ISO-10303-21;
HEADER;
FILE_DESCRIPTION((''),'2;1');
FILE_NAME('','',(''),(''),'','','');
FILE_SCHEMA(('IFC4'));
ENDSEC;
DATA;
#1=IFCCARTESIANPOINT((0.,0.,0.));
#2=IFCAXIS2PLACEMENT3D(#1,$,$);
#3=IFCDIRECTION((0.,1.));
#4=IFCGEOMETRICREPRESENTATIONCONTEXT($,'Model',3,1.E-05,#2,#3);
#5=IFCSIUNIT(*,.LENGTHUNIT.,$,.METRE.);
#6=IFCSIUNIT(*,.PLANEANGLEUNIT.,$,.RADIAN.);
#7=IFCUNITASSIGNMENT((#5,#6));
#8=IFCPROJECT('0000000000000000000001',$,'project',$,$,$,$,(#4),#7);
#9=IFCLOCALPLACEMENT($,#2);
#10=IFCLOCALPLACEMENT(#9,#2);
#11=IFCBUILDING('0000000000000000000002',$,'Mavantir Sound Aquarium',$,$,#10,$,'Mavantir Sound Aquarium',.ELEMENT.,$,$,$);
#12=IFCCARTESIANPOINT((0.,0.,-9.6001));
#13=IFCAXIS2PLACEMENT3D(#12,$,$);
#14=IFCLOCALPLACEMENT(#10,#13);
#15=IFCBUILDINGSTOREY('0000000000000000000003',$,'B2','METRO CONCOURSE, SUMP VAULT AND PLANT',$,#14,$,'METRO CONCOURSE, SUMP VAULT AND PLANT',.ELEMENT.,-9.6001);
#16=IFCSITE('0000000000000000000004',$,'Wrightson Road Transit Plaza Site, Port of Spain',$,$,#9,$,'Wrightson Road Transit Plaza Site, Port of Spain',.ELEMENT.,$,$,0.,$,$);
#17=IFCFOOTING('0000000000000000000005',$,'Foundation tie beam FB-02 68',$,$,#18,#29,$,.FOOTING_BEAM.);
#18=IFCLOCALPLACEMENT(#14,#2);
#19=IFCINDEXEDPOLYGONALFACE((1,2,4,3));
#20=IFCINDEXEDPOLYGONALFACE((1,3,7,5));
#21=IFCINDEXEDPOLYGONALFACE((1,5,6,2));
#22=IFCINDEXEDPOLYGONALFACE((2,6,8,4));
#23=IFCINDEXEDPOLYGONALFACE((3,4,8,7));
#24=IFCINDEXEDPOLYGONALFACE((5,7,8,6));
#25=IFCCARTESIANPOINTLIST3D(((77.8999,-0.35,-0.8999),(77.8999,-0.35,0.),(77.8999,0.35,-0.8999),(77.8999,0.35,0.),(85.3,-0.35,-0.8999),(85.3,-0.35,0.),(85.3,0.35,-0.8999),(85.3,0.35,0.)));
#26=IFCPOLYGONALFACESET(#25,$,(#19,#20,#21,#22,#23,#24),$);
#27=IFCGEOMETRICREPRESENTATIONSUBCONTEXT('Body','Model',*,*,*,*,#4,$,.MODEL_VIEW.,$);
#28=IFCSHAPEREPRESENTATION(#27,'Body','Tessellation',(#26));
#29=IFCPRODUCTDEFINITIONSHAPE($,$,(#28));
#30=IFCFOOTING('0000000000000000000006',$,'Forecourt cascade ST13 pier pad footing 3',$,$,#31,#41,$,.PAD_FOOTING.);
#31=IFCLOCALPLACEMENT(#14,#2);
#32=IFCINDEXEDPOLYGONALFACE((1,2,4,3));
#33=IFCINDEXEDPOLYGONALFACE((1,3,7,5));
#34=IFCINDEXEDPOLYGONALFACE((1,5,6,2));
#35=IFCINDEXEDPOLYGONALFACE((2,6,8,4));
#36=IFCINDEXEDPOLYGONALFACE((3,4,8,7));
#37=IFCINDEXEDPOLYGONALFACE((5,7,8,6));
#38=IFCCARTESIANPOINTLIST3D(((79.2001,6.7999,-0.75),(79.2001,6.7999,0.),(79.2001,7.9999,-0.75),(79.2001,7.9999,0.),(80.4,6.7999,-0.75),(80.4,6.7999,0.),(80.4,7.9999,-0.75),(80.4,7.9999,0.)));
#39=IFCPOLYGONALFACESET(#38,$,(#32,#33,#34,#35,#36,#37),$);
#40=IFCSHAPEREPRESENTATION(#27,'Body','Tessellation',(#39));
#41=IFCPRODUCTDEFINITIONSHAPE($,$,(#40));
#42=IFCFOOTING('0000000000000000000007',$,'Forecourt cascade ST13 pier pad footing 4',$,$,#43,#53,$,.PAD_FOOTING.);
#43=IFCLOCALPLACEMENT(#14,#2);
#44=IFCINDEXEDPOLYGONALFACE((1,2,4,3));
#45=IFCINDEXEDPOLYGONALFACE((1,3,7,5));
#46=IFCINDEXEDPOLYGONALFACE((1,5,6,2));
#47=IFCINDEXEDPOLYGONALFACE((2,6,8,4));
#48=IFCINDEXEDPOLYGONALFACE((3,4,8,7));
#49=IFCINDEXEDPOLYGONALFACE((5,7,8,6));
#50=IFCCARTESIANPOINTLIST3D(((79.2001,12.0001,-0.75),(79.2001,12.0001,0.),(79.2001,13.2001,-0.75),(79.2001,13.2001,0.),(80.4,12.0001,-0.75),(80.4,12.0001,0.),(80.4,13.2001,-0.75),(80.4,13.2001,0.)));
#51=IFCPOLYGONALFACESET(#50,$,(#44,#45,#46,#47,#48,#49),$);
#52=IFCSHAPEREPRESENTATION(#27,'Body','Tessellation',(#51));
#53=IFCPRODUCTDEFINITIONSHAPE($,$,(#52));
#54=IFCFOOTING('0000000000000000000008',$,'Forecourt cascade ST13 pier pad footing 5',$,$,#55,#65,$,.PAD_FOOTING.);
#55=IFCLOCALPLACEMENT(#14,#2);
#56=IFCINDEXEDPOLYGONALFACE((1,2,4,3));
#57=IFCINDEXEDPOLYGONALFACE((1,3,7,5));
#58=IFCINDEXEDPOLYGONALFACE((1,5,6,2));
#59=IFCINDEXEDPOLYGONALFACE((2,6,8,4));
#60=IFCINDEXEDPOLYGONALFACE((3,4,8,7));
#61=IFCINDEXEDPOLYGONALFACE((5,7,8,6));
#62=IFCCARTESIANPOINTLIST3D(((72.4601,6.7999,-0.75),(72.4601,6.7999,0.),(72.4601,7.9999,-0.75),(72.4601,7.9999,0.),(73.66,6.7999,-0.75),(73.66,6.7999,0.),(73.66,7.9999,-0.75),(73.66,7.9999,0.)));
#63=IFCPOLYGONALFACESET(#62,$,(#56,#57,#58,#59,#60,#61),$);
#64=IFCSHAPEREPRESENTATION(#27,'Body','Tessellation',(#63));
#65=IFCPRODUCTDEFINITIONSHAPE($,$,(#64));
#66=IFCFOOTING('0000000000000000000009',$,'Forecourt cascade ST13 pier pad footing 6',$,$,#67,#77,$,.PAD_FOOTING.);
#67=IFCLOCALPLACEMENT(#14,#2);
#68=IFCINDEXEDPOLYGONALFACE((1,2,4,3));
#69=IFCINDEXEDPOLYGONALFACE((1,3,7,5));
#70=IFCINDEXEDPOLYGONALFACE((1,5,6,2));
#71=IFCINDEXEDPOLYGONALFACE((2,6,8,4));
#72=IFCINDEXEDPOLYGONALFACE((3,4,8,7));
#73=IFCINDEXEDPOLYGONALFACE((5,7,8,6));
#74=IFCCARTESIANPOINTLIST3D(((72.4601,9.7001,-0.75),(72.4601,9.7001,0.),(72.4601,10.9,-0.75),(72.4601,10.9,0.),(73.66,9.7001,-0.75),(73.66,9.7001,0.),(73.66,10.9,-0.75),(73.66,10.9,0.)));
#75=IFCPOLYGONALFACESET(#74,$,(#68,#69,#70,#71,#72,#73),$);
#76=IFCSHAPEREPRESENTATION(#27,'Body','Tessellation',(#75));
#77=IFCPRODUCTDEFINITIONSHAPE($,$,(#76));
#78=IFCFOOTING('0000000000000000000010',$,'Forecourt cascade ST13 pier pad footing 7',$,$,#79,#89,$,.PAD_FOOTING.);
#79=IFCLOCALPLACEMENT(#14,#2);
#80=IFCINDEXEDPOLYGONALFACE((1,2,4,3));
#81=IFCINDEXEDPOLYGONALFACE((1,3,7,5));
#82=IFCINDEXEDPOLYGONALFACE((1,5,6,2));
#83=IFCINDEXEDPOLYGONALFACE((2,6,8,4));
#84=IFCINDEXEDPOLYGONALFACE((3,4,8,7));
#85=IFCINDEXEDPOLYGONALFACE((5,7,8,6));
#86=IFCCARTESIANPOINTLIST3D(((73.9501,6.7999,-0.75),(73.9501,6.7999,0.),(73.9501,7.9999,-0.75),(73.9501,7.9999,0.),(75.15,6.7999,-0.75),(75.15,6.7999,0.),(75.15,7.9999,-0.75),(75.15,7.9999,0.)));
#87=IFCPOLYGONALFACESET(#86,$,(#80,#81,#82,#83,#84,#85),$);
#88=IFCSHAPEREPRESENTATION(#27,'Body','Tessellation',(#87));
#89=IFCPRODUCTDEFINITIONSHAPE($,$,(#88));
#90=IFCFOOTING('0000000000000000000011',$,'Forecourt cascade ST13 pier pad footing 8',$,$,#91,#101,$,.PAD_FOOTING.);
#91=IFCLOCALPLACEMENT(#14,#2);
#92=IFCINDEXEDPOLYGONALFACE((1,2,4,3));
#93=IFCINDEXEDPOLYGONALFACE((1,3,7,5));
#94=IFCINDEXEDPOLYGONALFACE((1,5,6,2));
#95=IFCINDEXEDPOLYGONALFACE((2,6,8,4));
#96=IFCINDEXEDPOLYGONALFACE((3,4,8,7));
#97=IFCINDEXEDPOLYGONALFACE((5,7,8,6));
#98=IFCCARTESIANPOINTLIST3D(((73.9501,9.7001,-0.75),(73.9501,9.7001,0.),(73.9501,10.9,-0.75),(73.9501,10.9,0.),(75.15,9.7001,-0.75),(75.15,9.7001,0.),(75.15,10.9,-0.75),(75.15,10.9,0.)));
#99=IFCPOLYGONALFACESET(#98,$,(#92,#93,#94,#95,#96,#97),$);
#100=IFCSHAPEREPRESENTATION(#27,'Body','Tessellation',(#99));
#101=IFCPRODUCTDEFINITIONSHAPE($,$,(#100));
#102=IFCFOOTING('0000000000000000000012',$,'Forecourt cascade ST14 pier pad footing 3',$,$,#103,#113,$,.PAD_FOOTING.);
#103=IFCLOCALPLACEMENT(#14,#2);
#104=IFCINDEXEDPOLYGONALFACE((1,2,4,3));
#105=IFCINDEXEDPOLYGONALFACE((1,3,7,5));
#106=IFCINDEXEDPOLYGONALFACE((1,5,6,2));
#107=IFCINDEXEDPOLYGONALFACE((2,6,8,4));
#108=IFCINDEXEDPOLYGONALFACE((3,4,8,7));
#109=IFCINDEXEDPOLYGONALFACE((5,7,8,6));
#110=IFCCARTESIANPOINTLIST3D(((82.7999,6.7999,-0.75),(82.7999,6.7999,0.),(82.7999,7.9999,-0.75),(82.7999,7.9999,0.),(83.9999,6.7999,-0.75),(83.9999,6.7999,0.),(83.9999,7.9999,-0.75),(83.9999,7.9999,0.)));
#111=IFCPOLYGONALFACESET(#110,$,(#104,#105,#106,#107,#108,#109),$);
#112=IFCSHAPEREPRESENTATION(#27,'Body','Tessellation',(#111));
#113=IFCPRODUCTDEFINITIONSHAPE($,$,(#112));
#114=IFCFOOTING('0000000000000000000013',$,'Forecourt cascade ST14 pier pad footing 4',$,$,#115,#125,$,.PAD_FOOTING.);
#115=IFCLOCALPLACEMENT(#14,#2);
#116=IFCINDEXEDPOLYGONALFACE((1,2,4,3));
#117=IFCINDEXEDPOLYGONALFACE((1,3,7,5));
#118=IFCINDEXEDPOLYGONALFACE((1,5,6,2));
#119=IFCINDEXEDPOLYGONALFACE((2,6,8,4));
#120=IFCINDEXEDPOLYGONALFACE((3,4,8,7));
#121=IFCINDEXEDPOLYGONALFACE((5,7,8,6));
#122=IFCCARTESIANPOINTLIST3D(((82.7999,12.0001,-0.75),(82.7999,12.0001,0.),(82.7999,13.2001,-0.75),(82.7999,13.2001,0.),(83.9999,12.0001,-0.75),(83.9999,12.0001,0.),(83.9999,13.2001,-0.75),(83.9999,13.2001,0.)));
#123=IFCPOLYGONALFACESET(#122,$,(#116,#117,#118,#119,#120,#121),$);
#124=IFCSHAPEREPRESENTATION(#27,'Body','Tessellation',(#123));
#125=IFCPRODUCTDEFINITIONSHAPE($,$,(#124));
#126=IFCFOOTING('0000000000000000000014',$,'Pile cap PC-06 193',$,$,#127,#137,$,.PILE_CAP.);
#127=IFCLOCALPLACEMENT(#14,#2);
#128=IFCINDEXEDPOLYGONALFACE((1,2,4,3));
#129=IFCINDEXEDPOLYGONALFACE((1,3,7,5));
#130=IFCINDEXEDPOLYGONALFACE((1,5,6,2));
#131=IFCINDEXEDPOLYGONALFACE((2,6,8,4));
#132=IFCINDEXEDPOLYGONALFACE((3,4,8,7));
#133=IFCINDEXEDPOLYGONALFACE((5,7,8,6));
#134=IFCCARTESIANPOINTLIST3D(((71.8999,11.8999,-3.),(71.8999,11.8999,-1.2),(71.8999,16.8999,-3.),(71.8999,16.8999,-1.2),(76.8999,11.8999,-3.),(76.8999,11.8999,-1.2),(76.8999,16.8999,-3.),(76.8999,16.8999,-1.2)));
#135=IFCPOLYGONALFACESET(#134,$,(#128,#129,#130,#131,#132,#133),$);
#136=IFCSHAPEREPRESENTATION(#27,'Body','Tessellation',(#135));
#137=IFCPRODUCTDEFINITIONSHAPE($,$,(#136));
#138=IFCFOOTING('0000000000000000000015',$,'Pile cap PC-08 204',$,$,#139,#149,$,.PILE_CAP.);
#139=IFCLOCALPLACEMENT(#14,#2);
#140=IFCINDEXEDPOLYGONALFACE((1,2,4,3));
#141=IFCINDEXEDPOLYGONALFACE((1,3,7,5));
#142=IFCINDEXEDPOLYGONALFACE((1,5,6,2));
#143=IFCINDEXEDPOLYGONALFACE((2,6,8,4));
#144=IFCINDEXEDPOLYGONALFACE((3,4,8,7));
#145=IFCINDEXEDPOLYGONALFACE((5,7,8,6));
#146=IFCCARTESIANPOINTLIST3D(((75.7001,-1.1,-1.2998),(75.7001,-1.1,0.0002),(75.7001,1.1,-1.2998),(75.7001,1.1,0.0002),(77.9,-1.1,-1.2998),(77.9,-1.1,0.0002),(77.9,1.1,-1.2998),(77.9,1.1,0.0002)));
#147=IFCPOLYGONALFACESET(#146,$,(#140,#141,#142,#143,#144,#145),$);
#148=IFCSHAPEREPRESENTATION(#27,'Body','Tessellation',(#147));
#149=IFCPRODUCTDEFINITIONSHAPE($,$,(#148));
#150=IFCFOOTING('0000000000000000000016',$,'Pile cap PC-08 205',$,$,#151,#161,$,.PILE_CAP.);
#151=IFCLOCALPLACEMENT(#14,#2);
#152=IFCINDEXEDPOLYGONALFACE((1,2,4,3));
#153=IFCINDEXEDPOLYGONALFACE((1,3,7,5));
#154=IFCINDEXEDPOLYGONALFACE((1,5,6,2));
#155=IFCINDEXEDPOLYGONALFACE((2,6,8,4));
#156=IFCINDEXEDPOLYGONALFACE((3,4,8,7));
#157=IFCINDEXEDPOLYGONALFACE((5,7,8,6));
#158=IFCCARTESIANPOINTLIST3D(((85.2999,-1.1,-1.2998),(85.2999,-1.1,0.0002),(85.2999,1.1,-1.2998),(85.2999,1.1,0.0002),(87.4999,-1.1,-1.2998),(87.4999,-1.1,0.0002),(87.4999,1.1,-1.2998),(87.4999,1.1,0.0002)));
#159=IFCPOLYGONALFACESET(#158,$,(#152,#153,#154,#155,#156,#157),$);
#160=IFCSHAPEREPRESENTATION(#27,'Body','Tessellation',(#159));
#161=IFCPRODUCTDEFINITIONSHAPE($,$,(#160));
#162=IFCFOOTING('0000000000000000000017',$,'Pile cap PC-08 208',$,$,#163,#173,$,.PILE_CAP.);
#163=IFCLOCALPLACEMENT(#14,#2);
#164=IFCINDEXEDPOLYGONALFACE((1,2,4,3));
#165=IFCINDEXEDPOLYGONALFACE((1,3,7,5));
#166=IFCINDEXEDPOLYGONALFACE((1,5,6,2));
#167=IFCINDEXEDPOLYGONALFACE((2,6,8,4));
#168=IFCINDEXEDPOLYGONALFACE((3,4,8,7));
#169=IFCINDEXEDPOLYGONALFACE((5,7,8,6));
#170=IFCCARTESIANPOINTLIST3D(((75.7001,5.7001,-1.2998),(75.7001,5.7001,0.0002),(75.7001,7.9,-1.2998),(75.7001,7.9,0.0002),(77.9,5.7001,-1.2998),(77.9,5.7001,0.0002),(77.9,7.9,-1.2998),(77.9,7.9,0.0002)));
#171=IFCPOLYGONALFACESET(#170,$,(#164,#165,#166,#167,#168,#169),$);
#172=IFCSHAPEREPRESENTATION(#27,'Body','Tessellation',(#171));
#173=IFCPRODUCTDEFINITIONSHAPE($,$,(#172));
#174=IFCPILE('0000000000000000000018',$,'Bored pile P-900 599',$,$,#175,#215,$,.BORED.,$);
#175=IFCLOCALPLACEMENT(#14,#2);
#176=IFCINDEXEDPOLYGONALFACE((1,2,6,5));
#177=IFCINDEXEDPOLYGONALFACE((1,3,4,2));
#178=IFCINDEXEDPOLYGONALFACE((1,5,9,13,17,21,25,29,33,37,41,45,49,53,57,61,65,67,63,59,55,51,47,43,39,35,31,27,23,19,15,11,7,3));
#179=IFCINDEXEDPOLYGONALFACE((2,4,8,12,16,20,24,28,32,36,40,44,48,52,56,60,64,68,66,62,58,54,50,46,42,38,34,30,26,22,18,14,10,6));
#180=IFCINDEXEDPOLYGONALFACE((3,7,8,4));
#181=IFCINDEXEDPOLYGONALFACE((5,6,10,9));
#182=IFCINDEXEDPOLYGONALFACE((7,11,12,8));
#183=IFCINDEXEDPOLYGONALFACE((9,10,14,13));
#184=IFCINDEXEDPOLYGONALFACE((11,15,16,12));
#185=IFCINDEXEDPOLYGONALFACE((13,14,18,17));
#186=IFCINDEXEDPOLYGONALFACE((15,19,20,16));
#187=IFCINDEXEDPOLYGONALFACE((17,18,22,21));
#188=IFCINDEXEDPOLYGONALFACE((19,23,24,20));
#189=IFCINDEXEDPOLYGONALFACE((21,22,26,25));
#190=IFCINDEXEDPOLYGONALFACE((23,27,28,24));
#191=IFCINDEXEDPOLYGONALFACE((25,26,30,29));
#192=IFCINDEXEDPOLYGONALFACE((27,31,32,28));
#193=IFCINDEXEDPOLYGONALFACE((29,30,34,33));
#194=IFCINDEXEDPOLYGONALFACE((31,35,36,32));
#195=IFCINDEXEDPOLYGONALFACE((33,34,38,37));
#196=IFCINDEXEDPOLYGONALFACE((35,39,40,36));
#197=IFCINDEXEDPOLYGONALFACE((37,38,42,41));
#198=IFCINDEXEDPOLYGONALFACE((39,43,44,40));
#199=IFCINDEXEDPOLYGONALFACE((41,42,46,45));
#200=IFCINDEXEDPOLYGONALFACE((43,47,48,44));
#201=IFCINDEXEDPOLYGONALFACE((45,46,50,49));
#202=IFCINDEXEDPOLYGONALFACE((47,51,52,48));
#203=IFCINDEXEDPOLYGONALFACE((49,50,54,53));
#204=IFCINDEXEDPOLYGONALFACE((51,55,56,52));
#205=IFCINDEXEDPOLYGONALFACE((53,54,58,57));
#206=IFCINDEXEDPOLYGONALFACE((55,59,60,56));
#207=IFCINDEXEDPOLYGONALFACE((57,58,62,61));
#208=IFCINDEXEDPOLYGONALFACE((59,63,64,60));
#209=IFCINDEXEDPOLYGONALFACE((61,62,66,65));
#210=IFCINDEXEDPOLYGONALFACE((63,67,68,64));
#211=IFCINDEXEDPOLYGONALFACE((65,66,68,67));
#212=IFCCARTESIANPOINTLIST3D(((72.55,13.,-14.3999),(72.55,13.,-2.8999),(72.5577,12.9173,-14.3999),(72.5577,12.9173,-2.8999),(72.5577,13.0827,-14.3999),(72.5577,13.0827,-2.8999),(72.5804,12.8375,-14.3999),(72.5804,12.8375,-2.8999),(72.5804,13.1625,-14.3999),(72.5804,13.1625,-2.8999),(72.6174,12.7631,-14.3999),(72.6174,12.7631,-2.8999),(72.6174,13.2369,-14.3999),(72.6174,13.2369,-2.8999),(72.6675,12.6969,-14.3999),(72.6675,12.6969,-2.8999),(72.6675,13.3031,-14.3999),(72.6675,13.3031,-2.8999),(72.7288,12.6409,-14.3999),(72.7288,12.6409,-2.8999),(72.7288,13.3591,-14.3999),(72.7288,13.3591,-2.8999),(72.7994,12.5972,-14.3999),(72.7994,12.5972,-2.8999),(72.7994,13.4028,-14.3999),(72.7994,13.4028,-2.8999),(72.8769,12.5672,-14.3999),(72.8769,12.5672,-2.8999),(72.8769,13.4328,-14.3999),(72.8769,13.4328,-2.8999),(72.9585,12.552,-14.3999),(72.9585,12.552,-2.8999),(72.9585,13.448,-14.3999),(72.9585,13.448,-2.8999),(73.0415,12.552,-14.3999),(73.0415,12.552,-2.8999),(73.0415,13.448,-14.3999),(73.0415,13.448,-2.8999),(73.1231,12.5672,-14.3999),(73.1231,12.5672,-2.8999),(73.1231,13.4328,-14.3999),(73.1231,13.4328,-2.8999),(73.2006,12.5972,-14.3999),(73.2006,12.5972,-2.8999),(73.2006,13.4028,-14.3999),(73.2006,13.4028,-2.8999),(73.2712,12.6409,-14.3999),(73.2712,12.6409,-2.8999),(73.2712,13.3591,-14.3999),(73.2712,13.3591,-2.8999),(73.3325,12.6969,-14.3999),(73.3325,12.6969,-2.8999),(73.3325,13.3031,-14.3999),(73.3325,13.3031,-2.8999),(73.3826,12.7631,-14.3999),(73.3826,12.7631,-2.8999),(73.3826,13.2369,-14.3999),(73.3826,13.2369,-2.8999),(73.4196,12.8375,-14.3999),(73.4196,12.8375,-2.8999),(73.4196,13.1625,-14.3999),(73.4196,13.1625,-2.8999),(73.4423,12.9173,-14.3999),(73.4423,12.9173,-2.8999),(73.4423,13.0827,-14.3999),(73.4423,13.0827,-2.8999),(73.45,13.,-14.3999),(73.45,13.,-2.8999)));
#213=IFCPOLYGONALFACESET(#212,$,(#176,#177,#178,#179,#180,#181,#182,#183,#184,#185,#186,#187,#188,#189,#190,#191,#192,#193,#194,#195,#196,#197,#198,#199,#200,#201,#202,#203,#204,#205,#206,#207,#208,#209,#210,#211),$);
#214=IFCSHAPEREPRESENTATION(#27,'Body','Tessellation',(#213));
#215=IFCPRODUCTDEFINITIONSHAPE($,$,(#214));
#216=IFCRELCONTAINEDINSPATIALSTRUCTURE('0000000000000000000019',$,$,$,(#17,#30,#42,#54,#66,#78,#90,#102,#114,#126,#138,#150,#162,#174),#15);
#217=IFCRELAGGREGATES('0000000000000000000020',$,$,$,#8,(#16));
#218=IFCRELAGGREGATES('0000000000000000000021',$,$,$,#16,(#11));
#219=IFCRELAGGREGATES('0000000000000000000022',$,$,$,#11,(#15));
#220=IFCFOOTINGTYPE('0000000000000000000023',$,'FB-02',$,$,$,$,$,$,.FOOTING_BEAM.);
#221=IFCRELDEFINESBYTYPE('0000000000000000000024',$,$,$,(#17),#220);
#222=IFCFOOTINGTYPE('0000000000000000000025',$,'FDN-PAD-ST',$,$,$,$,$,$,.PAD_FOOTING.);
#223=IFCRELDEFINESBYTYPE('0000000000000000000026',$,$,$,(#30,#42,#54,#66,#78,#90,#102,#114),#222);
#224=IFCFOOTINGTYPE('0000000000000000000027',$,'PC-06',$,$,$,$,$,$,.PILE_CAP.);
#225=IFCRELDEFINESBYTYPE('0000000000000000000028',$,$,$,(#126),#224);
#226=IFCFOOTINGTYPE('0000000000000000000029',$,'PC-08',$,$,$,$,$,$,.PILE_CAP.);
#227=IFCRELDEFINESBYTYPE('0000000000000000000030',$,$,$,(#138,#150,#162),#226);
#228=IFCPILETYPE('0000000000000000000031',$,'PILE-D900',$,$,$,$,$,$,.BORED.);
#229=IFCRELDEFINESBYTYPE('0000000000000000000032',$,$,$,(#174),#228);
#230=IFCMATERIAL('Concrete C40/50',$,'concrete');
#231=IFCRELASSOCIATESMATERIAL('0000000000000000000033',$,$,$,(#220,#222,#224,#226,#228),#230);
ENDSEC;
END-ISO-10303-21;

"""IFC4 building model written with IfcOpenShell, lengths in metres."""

from ifc_helpers import new_model, si_unit, direction, frame, origin, origin_2d, place, context, subcontext, project, spatial, rectangle, circle, extrude, material, material_profile, profile_set, type_object, element, save


model = new_model("IFC4")

# Units and contexts
model_context = context("Model", 3, precision=1e-05, world=origin(), true_north=direction((0.0, 1.0)))
body_context = subcontext(model_context, "Body", "Model", "MODEL_VIEW")
ifc_project = project(units=[si_unit("LENGTHUNIT", "METRE"), si_unit("PLANEANGLEUNIT", "RADIAN")], contexts=[model_context])

# Site, building, storey
site_placement = place(None, origin())
site = spatial("IfcSite", under=ifc_project, at=site_placement, Name="Wrightson Road Transit Plaza Site, Port of Spain", LongName="Wrightson Road Transit Plaza Site, Port of Spain", CompositionType="ELEMENT", RefElevation=0.0)
building_placement = place(site_placement, origin())
building = spatial("IfcBuilding", under=site, at=building_placement, Name="Mavantir Sound Aquarium", LongName="Mavantir Sound Aquarium", CompositionType="ELEMENT")
storey_placement = place(building_placement, frame((0.0, 0.0, -9.6001)))
storey = spatial("IfcBuildingStorey", under=building, at=storey_placement, Name="B2", Description="METRO CONCOURSE, SUMP VAULT AND PLANT", LongName="METRO CONCOURSE, SUMP VAULT AND PLANT", CompositionType="ELEMENT", Elevation=-9.6001)

# Footings
ifc_material = material(Name="Concrete C40/50", Category="concrete")
ifc_material_profile_1 = material_profile(ifc_material, rectangle(XDim=0.7, YDim=0.8999, at=origin_2d()), Name="RC 700X900")
ifc_profile_set_1 = profile_set([ifc_material_profile_1], Name="Concrete C40/50")
footing_type_1 = type_object("IfcFootingType", Name="FB-02", PredefinedType="FOOTING_BEAM", material=ifc_profile_set_1)
footing_1_placement = place(storey_placement, frame((77.8999, 0.0, -0.45), z_axis=(1.0, 0.0, 0.0), x_axis=(0.0, 1.0, 0.0)))
element("IfcFooting", 1, at=footing_1_placement, inside=storey, type_object=footing_type_1, Name="Foundation tie beam FB-02 68", PredefinedType="FOOTING_BEAM", context=body_context, shape_type="SweptSolid", body=[
    extrude(rectangle(XDim=0.7, YDim=0.8999, at=origin_2d()), origin(), (0.0, 0.0, 1.0), 7.4001),
])
footing_type_2 = type_object("IfcFootingType", Name="FDN-PAD-ST", PredefinedType="PAD_FOOTING", material=ifc_material)
for number, where, z_axis, x_axis, name in (
    (2, (79.8, 7.3999, -0.75), (0.0, 0.0, 1.0), (1.0, 0.0, 0.0), "Forecourt cascade ST13 pier pad footing 3"),
    (3, (79.8, 12.6001, -0.75), (0.0, 0.0, 1.0), (1.0, 0.0, 0.0), "Forecourt cascade ST13 pier pad footing 4"),
    (4, (73.0601, 7.3999, -0.75), (0.0, 0.0, 1.0), (1.0, 0.0, 0.0), "Forecourt cascade ST13 pier pad footing 5"),
    (5, (73.0601, 10.3, -0.75), (0.0, 0.0, 1.0), (1.0, 0.0, 0.0), "Forecourt cascade ST13 pier pad footing 6"),
    (6, (74.55, 7.3999, -0.75), (0.0, 0.0, 1.0), (1.0, 0.0, 0.0), "Forecourt cascade ST13 pier pad footing 7"),
    (7, (74.55, 10.3, -0.75), (0.0, 0.0, 1.0), (1.0, 0.0, 0.0), "Forecourt cascade ST13 pier pad footing 8"),
    (8, (83.3999, 7.3999, -0.75), (0.0, 0.0, 1.0), (1.0, 0.0, 0.0), "Forecourt cascade ST14 pier pad footing 3"),
    (9, (83.3999, 12.6001, -0.75), (0.0, 0.0, 1.0), (1.0, 0.0, 0.0), "Forecourt cascade ST14 pier pad footing 4"),
):
    element("IfcFooting", number, at=place(storey_placement, frame(where, z_axis=z_axis, x_axis=x_axis)), inside=storey, type_object=footing_type_2, Name=name, PredefinedType="PAD_FOOTING", context=body_context, shape_type="SweptSolid", body=[
        extrude(rectangle(XDim=1.2, YDim=1.2, at=origin_2d()), origin(), (0.0, 0.0, 1.0), 0.75),
    ])
footing_type_3 = type_object("IfcFootingType", Name="PC-06", PredefinedType="PILE_CAP", material=ifc_material)
footing_2_placement = place(storey_placement, frame((74.3999, 14.3999, -3.0), z_axis=(0.0, 0.0, 1.0), x_axis=(1.0, 0.0, 0.0)))
element("IfcFooting", 10, at=footing_2_placement, inside=storey, type_object=footing_type_3, Name="Pile cap PC-06 193", PredefinedType="PILE_CAP", context=body_context, shape_type="SweptSolid", body=[
    extrude(rectangle(XDim=5.0, YDim=5.0, at=origin_2d()), origin(), (0.0, 0.0, 1.0), 1.8),
])
footing_type_4 = type_object("IfcFootingType", Name="PC-08", PredefinedType="PILE_CAP", material=ifc_material)
for number, where, z_axis, x_axis, name in (
    (11, (76.8, 0.0, -1.2998), (0.0, 0.0, 1.0), (1.0, 0.0, 0.0), "Pile cap PC-08 204"),
    (12, (86.3999, 0.0, -1.2998), (0.0, 0.0, 1.0), (1.0, 0.0, 0.0), "Pile cap PC-08 205"),
    (13, (76.8, 6.8, -1.2998), (0.0, 0.0, 1.0), (1.0, 0.0, 0.0), "Pile cap PC-08 208"),
):
    element("IfcFooting", number, at=place(storey_placement, frame(where, z_axis=z_axis, x_axis=x_axis)), inside=storey, type_object=footing_type_4, Name=name, PredefinedType="PILE_CAP", context=body_context, shape_type="SweptSolid", body=[
        extrude(rectangle(XDim=2.2, YDim=2.2, at=origin_2d()), origin(), (0.0, 0.0, 1.0), 1.3),
    ])

# Pile
ifc_material_profile_2 = material_profile(ifc_material, circle(Radius=0.45, at=origin_2d()), Name="PILE D900")
ifc_profile_set_2 = profile_set([ifc_material_profile_2], Name="Concrete C40/50")
pile_type = type_object("IfcPileType", Name="PILE-D900", PredefinedType="BORED", material=ifc_profile_set_2)
for number, where, z_axis, x_axis, name in (
    (14, (73.0, 13.0, -2.8999), (0.0, 0.0, -1.0), (1.0, 0.0, 0.0), "Bored pile P-900 599"),
):
    element("IfcPile", number, at=place(storey_placement, frame(where, z_axis=z_axis, x_axis=x_axis)), inside=storey, type_object=pile_type, Name=name, PredefinedType="BORED", context=body_context, shape_type="SweptSolid", body=[
        extrude(circle(Radius=0.45, at=origin_2d()), origin(), (0.0, 0.0, 1.0), 11.5),
    ])

save(model, "model.ifc")
